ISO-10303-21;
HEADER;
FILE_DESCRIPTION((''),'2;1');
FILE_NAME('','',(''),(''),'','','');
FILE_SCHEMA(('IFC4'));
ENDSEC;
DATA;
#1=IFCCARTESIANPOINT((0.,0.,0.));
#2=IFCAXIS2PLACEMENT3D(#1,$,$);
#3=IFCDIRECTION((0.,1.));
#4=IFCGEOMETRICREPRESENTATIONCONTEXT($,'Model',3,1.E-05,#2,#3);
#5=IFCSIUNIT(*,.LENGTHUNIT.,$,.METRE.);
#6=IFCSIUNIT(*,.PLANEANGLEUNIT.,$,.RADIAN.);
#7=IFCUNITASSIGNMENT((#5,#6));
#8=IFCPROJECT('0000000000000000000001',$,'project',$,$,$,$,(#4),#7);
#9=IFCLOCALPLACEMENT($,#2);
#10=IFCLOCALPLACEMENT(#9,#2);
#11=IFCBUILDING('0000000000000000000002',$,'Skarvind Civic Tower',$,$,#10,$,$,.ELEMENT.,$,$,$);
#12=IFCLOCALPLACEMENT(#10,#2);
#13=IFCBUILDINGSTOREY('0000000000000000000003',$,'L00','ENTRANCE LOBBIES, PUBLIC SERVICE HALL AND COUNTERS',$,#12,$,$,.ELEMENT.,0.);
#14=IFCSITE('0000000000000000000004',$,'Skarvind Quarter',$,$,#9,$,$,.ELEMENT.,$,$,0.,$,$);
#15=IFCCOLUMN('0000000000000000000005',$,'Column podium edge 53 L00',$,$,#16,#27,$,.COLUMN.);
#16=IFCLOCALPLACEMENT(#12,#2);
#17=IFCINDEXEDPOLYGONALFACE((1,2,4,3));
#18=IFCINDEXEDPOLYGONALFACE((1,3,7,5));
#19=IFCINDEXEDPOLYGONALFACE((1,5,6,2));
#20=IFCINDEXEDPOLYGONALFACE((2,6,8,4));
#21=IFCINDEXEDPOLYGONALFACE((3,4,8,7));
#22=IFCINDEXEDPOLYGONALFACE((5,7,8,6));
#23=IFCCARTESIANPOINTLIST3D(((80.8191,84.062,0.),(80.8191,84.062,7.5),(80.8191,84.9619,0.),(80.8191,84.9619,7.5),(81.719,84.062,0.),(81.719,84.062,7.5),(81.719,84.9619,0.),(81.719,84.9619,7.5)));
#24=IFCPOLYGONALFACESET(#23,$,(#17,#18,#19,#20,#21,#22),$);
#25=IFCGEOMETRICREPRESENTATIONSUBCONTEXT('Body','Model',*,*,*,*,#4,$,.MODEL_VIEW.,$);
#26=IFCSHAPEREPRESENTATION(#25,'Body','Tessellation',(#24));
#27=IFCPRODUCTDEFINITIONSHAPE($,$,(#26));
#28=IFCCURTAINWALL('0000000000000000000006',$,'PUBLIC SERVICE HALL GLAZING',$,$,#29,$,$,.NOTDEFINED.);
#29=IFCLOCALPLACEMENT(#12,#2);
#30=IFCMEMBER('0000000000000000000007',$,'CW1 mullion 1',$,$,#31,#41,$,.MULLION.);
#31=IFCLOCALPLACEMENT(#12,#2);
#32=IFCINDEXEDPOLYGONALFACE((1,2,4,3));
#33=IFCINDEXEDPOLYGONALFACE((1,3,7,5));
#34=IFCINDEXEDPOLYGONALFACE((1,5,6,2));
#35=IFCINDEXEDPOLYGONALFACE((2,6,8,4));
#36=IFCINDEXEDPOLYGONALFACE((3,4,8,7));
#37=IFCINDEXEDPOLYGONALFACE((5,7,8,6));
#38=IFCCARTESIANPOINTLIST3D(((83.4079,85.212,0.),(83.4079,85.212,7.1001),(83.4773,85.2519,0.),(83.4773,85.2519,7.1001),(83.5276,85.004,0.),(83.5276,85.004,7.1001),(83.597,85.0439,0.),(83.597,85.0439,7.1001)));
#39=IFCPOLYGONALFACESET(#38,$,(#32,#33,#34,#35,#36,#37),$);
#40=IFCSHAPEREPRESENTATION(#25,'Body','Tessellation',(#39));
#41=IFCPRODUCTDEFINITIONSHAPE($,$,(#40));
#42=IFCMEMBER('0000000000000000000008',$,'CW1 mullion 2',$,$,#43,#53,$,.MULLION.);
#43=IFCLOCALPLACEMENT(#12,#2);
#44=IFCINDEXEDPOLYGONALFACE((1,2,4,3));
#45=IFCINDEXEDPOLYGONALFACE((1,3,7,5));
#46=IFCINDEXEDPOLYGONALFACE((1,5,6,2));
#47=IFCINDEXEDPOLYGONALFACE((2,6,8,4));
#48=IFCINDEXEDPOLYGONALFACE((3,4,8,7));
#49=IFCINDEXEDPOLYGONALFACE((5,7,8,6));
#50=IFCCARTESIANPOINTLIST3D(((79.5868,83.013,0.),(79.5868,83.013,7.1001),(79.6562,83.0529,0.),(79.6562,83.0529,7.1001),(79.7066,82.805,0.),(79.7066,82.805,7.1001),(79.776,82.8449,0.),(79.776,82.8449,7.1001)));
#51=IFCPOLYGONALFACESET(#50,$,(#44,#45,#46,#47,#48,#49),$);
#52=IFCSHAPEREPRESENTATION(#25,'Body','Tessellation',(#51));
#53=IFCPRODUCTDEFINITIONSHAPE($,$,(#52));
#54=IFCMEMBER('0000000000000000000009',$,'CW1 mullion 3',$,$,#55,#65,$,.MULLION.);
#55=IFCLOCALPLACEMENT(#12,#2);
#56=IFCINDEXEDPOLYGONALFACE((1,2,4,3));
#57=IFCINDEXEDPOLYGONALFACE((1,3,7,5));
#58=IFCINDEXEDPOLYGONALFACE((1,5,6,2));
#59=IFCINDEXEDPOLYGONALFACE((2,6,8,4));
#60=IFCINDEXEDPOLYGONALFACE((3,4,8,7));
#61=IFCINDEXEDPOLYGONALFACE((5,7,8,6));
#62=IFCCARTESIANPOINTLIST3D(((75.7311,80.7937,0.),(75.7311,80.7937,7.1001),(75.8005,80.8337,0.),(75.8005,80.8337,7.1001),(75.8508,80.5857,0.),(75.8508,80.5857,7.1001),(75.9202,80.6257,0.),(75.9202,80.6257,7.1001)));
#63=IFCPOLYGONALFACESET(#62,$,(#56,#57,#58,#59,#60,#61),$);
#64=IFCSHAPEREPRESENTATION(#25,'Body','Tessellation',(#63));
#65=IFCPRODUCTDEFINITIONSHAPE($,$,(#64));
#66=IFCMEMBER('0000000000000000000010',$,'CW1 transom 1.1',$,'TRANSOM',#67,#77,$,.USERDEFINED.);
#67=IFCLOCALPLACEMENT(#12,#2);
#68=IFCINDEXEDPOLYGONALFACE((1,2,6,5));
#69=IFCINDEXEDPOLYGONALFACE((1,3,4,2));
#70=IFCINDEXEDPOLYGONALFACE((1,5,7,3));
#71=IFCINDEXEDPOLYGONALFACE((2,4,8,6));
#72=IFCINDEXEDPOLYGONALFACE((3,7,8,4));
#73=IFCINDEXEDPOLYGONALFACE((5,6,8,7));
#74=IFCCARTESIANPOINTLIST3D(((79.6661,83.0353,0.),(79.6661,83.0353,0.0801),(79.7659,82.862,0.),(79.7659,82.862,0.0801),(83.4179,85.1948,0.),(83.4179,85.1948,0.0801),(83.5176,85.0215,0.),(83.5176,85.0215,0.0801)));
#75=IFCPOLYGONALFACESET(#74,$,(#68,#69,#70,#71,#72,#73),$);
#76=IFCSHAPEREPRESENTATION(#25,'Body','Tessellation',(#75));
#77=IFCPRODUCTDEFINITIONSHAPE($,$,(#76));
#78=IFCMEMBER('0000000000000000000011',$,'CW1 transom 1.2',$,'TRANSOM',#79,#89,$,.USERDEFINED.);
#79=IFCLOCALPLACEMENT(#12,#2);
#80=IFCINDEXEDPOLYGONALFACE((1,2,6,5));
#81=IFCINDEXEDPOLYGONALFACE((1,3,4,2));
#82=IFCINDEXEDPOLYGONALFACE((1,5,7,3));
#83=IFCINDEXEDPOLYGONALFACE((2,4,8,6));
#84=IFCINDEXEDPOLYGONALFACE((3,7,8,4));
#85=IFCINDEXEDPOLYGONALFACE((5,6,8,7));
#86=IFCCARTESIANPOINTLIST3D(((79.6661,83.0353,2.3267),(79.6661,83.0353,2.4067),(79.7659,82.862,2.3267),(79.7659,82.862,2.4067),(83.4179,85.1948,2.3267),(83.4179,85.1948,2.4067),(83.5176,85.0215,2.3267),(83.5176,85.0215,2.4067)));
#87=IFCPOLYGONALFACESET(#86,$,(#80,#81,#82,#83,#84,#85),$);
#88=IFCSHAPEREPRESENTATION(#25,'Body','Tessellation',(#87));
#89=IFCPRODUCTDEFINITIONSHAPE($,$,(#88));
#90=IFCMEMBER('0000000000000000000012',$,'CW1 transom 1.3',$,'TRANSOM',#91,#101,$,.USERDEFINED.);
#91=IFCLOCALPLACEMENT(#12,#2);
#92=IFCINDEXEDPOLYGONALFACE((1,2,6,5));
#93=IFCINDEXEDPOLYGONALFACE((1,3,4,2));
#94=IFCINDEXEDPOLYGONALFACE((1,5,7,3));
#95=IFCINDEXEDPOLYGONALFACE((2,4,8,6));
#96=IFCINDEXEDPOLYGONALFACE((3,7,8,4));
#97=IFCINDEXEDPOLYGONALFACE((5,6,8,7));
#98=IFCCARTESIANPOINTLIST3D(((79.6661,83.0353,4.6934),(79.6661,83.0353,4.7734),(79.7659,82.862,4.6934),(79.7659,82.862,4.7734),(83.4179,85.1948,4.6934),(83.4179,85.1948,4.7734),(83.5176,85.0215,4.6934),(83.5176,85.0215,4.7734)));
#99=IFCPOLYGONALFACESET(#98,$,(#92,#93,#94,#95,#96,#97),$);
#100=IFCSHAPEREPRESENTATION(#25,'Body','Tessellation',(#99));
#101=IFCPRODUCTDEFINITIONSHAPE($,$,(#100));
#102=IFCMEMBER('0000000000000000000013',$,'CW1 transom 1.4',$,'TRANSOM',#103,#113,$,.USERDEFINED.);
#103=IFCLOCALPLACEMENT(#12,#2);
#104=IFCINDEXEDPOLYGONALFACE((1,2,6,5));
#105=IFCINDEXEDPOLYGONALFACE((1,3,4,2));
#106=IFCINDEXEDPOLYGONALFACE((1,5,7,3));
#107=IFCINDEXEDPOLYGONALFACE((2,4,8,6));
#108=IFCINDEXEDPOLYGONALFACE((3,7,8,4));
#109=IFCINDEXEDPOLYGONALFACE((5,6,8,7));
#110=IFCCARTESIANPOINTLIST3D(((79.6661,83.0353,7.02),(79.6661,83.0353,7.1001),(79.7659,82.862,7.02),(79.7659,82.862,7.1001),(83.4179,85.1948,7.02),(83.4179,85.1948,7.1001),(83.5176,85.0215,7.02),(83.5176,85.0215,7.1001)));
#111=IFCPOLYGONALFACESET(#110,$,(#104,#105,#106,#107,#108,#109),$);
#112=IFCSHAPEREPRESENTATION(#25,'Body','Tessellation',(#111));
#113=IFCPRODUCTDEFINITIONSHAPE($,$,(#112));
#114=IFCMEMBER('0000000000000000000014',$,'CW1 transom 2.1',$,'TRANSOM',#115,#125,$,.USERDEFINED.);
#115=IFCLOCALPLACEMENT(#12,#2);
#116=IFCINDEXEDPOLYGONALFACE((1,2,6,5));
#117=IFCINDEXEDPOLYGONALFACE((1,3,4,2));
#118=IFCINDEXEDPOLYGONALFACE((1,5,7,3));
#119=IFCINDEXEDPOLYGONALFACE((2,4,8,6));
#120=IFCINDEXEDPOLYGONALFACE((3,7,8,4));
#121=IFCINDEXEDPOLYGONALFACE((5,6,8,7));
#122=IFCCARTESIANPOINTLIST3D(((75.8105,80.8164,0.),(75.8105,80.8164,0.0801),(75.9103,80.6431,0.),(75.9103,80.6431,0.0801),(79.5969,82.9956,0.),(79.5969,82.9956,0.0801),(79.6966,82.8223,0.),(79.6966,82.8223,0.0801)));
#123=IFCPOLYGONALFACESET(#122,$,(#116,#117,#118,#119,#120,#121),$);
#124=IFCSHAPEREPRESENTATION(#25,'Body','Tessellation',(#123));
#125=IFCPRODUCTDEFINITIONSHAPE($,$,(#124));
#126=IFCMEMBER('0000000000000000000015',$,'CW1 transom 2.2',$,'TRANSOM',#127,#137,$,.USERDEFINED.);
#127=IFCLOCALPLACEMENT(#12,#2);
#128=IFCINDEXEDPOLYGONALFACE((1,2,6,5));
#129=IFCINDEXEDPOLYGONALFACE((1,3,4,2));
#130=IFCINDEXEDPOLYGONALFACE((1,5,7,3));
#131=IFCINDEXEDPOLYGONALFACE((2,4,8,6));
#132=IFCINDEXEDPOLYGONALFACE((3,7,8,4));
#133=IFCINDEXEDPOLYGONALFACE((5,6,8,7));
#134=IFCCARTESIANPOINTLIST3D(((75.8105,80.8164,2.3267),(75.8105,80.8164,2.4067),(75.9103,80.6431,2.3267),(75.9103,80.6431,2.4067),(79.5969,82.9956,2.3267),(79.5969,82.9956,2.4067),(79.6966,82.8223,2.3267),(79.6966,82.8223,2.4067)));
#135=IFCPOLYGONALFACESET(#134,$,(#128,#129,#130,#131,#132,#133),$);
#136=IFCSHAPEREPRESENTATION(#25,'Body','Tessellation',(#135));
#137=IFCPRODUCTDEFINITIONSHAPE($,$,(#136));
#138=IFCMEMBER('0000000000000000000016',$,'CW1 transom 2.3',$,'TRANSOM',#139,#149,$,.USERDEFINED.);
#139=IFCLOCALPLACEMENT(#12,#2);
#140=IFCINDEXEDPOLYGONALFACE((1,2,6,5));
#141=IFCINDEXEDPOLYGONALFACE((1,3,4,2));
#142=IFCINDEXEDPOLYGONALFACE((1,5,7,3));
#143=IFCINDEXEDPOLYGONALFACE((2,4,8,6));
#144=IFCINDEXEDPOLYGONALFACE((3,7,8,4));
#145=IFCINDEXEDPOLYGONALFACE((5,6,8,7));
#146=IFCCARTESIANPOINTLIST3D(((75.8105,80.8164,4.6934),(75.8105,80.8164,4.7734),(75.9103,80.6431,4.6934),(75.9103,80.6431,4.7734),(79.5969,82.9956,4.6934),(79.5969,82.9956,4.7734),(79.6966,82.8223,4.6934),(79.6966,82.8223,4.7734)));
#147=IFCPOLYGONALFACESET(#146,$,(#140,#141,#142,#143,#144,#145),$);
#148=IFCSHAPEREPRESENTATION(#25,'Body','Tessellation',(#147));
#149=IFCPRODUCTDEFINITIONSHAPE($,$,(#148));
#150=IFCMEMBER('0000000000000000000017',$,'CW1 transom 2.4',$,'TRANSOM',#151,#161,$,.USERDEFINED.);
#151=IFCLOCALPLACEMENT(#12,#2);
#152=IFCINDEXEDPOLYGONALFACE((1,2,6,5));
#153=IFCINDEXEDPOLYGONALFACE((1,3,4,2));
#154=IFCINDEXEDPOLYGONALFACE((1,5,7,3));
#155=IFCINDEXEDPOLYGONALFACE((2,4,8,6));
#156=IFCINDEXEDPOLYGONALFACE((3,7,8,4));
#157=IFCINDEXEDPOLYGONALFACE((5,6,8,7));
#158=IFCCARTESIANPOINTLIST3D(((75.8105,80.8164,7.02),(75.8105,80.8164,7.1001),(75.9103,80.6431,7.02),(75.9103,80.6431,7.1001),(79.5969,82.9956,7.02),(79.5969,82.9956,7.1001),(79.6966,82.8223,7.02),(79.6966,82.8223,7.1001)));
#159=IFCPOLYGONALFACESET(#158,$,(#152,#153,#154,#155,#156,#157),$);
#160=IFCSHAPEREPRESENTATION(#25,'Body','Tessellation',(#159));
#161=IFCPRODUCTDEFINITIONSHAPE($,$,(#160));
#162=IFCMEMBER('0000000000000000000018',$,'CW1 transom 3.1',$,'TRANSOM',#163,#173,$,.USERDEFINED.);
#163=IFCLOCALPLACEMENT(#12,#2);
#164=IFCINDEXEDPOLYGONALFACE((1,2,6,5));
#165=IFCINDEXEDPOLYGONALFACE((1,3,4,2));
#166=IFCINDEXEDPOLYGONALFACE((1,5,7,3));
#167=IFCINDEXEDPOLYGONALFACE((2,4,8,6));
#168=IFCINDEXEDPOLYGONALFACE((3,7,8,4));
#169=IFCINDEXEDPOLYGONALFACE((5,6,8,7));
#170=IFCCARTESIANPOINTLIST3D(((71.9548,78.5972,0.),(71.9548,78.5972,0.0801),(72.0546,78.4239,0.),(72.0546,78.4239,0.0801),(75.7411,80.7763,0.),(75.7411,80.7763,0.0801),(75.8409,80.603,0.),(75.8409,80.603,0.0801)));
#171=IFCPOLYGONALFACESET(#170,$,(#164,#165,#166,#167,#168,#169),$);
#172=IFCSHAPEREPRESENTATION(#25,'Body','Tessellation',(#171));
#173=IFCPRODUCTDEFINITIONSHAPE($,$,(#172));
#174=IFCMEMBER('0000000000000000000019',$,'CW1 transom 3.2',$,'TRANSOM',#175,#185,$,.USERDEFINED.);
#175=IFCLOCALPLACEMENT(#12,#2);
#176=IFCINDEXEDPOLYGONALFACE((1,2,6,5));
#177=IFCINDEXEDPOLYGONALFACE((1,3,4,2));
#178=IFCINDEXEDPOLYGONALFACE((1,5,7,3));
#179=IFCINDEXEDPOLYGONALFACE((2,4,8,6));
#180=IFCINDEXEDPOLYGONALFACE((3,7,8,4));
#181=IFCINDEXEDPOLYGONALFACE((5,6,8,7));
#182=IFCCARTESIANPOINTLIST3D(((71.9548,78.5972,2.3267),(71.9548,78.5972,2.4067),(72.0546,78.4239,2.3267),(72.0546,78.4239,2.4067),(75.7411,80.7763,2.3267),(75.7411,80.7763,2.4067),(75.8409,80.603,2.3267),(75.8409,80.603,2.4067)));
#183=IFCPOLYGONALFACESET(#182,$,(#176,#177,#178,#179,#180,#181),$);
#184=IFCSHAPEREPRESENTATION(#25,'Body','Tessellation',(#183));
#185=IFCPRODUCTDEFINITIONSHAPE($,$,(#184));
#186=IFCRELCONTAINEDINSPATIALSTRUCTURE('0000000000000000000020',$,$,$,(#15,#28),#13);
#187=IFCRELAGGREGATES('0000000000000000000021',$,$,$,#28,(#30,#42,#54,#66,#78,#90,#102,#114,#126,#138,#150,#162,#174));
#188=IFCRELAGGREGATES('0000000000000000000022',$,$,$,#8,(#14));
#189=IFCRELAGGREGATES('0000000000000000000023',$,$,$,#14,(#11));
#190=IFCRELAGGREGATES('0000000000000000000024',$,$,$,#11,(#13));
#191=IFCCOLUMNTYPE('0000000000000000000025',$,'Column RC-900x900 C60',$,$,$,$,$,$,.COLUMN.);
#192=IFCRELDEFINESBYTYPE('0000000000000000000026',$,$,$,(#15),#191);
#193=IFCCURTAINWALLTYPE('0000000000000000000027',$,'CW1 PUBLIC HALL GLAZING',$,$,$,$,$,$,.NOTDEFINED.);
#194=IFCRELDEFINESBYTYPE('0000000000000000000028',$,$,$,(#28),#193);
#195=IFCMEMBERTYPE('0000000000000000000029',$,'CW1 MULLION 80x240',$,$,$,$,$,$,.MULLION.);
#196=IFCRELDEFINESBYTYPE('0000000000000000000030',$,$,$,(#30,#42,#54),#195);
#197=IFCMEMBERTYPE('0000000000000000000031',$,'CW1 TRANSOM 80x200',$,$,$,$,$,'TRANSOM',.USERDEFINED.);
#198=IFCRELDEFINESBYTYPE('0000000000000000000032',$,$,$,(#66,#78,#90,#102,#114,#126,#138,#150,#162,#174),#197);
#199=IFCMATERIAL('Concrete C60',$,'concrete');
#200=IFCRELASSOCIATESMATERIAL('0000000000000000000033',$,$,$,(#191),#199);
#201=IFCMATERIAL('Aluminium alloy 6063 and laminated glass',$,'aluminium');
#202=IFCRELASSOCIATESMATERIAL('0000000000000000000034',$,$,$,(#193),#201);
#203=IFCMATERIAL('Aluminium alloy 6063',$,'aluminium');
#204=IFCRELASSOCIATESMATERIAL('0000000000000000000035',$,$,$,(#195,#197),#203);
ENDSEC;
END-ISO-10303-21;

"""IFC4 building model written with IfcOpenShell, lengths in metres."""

from ifc_helpers import new_model, si_unit, direction, frame, origin, origin_2d, place, context, subcontext, project, spatial, rectangle, extrude, material, material_profile, profile_set, type_object, element, aggregate, save


model = new_model("IFC4")

# Units and contexts
model_context = context("Model", 3, precision=1e-05, world=origin(), true_north=direction((0.0, 1.0)))
body_context = subcontext(model_context, "Body", "Model", "MODEL_VIEW")
ifc_project = project(units=[si_unit("LENGTHUNIT", "METRE"), si_unit("PLANEANGLEUNIT", "RADIAN")], contexts=[model_context])

# Site, building, storey
site_placement = place(None, origin())
site = spatial("IfcSite", under=ifc_project, at=site_placement, Name="Skarvind Quarter", CompositionType="ELEMENT", RefElevation=0.0)
building_placement = place(site_placement, origin())
building = spatial("IfcBuilding", under=site, at=building_placement, Name="Skarvind Civic Tower", CompositionType="ELEMENT")
storey_placement = place(building_placement, origin())
storey = spatial("IfcBuildingStorey", under=building, at=storey_placement, Name="L00", Description="ENTRANCE LOBBIES, PUBLIC SERVICE HALL AND COUNTERS", CompositionType="ELEMENT", Elevation=0.0)

# Column
ifc_material_1 = material(Name="Concrete C60", Category="concrete")
ifc_material_profile_1 = material_profile(ifc_material_1, rectangle(XDim=0.8999, YDim=0.8999, at=origin_2d()), Name="RC-900x900")
ifc_profile_set_1 = profile_set([ifc_material_profile_1], Name="Concrete C60")
column_type = type_object("IfcColumnType", Name="Column RC-900x900 C60", PredefinedType="COLUMN", material=ifc_profile_set_1)
column_placement = place(storey_placement, frame((81.269, 84.512, 0.0), z_axis=(0.0, 0.0, 1.0), x_axis=(1.0, 0.0, 0.0)))
element("IfcColumn", 1, at=column_placement, inside=storey, type_object=column_type, Name="Column podium edge 53 L00", PredefinedType="COLUMN", context=body_context, shape_type="SweptSolid", body=[
    extrude(rectangle(XDim=0.8999, YDim=0.8999, at=origin_2d()), origin(), (0.0, 0.0, 1.0), 7.5),
])

# Curtain wall, members
ifc_material_2 = material(Name="Aluminium alloy 6063 and laminated glass", Category="aluminium")
curtain_wall_type = type_object("IfcCurtainWallType", Name="CW1 PUBLIC HALL GLAZING", PredefinedType="NOTDEFINED", material=ifc_material_2)
curtain_wall_placement = place(storey_placement, origin())
curtain_wall = element("IfcCurtainWall", 2, at=curtain_wall_placement, inside=storey, type_object=curtain_wall_type, Name="PUBLIC SERVICE HALL GLAZING", PredefinedType="NOTDEFINED")
ifc_material_3 = material(Name="Aluminium alloy 6063", Category="aluminium")
ifc_material_profile_2 = material_profile(ifc_material_3, rectangle(XDim=0.24, YDim=0.0801, at=origin_2d()), Name="AL 80x240")
ifc_profile_set_2 = profile_set([ifc_material_profile_2], Name="Aluminium alloy 6063")
member_type_1 = type_object("IfcMemberType", Name="CW1 MULLION 80x240", PredefinedType="MULLION", material=ifc_profile_set_2)
member_1_placement = place(storey_placement, frame((83.5024, 85.1279, 0.0), z_axis=(0.0, 0.0, 1.0), x_axis=(0.498825, -0.866702, 0.0)))
member_1 = element("IfcMember", 3, at=member_1_placement, type_object=member_type_1, Name="CW1 mullion 1", PredefinedType="MULLION", context=body_context, shape_type="SweptSolid", body=[
    extrude(rectangle(XDim=0.24, YDim=0.0801, at=origin_2d()), origin(), (0.0, 0.0, 1.0), 7.1001),
])
member_2_placement = place(storey_placement, frame((79.6814, 82.929, 0.0), z_axis=(0.0, 0.0, 1.0), x_axis=(0.498825, -0.866702, 0.0)))
member_2 = element("IfcMember", 4, at=member_2_placement, type_object=member_type_1, Name="CW1 mullion 2", PredefinedType="MULLION", context=body_context, shape_type="SweptSolid", body=[
    extrude(rectangle(XDim=0.24, YDim=0.0801, at=origin_2d()), origin(), (0.0, 0.0, 1.0), 7.1001),
])
member_3_placement = place(storey_placement, frame((75.8257, 80.7097, 0.0), z_axis=(0.0, 0.0, 1.0), x_axis=(0.498825, -0.866702, 0.0)))
member_3 = element("IfcMember", 5, at=member_3_placement, type_object=member_type_1, Name="CW1 mullion 3", PredefinedType="MULLION", context=body_context, shape_type="SweptSolid", body=[
    extrude(rectangle(XDim=0.24, YDim=0.0801, at=origin_2d()), origin(), (0.0, 0.0, 1.0), 7.1001),
])
ifc_material_profile_3 = material_profile(ifc_material_3, rectangle(XDim=0.2, YDim=0.0801, at=origin_2d()), Name="AL 80x200")
ifc_profile_set_3 = profile_set([ifc_material_profile_3], Name="Aluminium alloy 6063")
member_type_2 = type_object("IfcMemberType", Name="CW1 TRANSOM 80x200", ElementType="TRANSOM", PredefinedType="USERDEFINED", material=ifc_profile_set_3)
member_4_placement = place(storey_placement, frame((83.4678, 85.1082, 0.04), z_axis=(-0.866687, -0.498851, 0.0), x_axis=(0.498851, -0.866687, 0.0)))
member_4 = element("IfcMember", 6, at=member_4_placement, type_object=member_type_2, Name="CW1 transom 1.1", ObjectType="TRANSOM", PredefinedType="USERDEFINED", context=body_context, shape_type="SweptSolid", body=[
    extrude(rectangle(XDim=0.2, YDim=0.0801, at=origin_2d()), origin(), (0.0, 0.0, 1.0), 4.3289),
])
member_5_placement = place(storey_placement, frame((83.4678, 85.1082, 2.3667), z_axis=(-0.866687, -0.498851, 0.0), x_axis=(0.498851, -0.866687, 0.0)))
member_5 = element("IfcMember", 7, at=member_5_placement, type_object=member_type_2, Name="CW1 transom 1.2", ObjectType="TRANSOM", PredefinedType="USERDEFINED", context=body_context, shape_type="SweptSolid", body=[
    extrude(rectangle(XDim=0.2, YDim=0.0801, at=origin_2d()), origin(), (0.0, 0.0, 1.0), 4.3289),
])
member_6_placement = place(storey_placement, frame((83.4678, 85.1082, 4.7334), z_axis=(-0.866687, -0.498851, 0.0), x_axis=(0.498851, -0.866687, 0.0)))
member_6 = element("IfcMember", 8, at=member_6_placement, type_object=member_type_2, Name="CW1 transom 1.3", ObjectType="TRANSOM", PredefinedType="USERDEFINED", context=body_context, shape_type="SweptSolid", body=[
    extrude(rectangle(XDim=0.2, YDim=0.0801, at=origin_2d()), origin(), (0.0, 0.0, 1.0), 4.3289),
])
member_7_placement = place(storey_placement, frame((83.4678, 85.1082, 7.0601), z_axis=(-0.866687, -0.498851, 0.0), x_axis=(0.498851, -0.866687, 0.0)))
member_7 = element("IfcMember", 9, at=member_7_placement, type_object=member_type_2, Name="CW1 transom 1.4", ObjectType="TRANSOM", PredefinedType="USERDEFINED", context=body_context, shape_type="SweptSolid", body=[
    extrude(rectangle(XDim=0.2, YDim=0.0801, at=origin_2d()), origin(), (0.0, 0.0, 1.0), 4.3289),
])
member_8_placement = place(storey_placement, frame((79.6467, 82.9089, 0.04), z_axis=(-0.866705, -0.498821, 0.0), x_axis=(0.498821, -0.866705, 0.0)))
member_8 = element("IfcMember", 10, at=member_8_placement, type_object=member_type_2, Name="CW1 transom 2.1", ObjectType="TRANSOM", PredefinedType="USERDEFINED", context=body_context, shape_type="SweptSolid", body=[
    extrude(rectangle(XDim=0.2, YDim=0.0801, at=origin_2d()), origin(), (0.0, 0.0, 1.0), 4.3687),
])
member_9_placement = place(storey_placement, frame((79.6467, 82.9089, 2.3667), z_axis=(-0.866705, -0.498821, 0.0), x_axis=(0.498821, -0.866705, 0.0)))
member_9 = element("IfcMember", 11, at=member_9_placement, type_object=member_type_2, Name="CW1 transom 2.2", ObjectType="TRANSOM", PredefinedType="USERDEFINED", context=body_context, shape_type="SweptSolid", body=[
    extrude(rectangle(XDim=0.2, YDim=0.0801, at=origin_2d()), origin(), (0.0, 0.0, 1.0), 4.3687),
])
member_10_placement = place(storey_placement, frame((79.6467, 82.9089, 4.7334), z_axis=(-0.866705, -0.498821, 0.0), x_axis=(0.498821, -0.866705, 0.0)))
member_10 = element("IfcMember", 12, at=member_10_placement, type_object=member_type_2, Name="CW1 transom 2.3", ObjectType="TRANSOM", PredefinedType="USERDEFINED", context=body_context, shape_type="SweptSolid", body=[
    extrude(rectangle(XDim=0.2, YDim=0.0801, at=origin_2d()), origin(), (0.0, 0.0, 1.0), 4.3687),
])
member_11_placement = place(storey_placement, frame((79.6467, 82.9089, 7.0601), z_axis=(-0.866705, -0.498821, 0.0), x_axis=(0.498821, -0.866705, 0.0)))
member_11 = element("IfcMember", 13, at=member_11_placement, type_object=member_type_2, Name="CW1 transom 2.4", ObjectType="TRANSOM", PredefinedType="USERDEFINED", context=body_context, shape_type="SweptSolid", body=[
    extrude(rectangle(XDim=0.2, YDim=0.0801, at=origin_2d()), origin(), (0.0, 0.0, 1.0), 4.3687),
])
member_12_placement = place(storey_placement, frame((75.791, 80.6897, 0.04), z_axis=(-0.866705, -0.498821, 0.0), x_axis=(0.498821, -0.866705, 0.0)))
member_12 = element("IfcMember", 14, at=member_12_placement, type_object=member_type_2, Name="CW1 transom 3.1", ObjectType="TRANSOM", PredefinedType="USERDEFINED", context=body_context, shape_type="SweptSolid", body=[
    extrude(rectangle(XDim=0.2, YDim=0.0801, at=origin_2d()), origin(), (0.0, 0.0, 1.0), 4.3687),
])
member_13_placement = place(storey_placement, frame((75.791, 80.6897, 2.3667), z_axis=(-0.866705, -0.498821, 0.0), x_axis=(0.498821, -0.866705, 0.0)))
member_13 = element("IfcMember", 15, at=member_13_placement, type_object=member_type_2, Name="CW1 transom 3.2", ObjectType="TRANSOM", PredefinedType="USERDEFINED", context=body_context, shape_type="SweptSolid", body=[
    extrude(rectangle(XDim=0.2, YDim=0.0801, at=origin_2d()), origin(), (0.0, 0.0, 1.0), 4.3687),
])
aggregate(curtain_wall, [member_1, member_2, member_3, member_4, member_5, member_6, member_7, member_8, member_9, member_10, member_11, member_12, member_13])

save(model, "model.ifc")
